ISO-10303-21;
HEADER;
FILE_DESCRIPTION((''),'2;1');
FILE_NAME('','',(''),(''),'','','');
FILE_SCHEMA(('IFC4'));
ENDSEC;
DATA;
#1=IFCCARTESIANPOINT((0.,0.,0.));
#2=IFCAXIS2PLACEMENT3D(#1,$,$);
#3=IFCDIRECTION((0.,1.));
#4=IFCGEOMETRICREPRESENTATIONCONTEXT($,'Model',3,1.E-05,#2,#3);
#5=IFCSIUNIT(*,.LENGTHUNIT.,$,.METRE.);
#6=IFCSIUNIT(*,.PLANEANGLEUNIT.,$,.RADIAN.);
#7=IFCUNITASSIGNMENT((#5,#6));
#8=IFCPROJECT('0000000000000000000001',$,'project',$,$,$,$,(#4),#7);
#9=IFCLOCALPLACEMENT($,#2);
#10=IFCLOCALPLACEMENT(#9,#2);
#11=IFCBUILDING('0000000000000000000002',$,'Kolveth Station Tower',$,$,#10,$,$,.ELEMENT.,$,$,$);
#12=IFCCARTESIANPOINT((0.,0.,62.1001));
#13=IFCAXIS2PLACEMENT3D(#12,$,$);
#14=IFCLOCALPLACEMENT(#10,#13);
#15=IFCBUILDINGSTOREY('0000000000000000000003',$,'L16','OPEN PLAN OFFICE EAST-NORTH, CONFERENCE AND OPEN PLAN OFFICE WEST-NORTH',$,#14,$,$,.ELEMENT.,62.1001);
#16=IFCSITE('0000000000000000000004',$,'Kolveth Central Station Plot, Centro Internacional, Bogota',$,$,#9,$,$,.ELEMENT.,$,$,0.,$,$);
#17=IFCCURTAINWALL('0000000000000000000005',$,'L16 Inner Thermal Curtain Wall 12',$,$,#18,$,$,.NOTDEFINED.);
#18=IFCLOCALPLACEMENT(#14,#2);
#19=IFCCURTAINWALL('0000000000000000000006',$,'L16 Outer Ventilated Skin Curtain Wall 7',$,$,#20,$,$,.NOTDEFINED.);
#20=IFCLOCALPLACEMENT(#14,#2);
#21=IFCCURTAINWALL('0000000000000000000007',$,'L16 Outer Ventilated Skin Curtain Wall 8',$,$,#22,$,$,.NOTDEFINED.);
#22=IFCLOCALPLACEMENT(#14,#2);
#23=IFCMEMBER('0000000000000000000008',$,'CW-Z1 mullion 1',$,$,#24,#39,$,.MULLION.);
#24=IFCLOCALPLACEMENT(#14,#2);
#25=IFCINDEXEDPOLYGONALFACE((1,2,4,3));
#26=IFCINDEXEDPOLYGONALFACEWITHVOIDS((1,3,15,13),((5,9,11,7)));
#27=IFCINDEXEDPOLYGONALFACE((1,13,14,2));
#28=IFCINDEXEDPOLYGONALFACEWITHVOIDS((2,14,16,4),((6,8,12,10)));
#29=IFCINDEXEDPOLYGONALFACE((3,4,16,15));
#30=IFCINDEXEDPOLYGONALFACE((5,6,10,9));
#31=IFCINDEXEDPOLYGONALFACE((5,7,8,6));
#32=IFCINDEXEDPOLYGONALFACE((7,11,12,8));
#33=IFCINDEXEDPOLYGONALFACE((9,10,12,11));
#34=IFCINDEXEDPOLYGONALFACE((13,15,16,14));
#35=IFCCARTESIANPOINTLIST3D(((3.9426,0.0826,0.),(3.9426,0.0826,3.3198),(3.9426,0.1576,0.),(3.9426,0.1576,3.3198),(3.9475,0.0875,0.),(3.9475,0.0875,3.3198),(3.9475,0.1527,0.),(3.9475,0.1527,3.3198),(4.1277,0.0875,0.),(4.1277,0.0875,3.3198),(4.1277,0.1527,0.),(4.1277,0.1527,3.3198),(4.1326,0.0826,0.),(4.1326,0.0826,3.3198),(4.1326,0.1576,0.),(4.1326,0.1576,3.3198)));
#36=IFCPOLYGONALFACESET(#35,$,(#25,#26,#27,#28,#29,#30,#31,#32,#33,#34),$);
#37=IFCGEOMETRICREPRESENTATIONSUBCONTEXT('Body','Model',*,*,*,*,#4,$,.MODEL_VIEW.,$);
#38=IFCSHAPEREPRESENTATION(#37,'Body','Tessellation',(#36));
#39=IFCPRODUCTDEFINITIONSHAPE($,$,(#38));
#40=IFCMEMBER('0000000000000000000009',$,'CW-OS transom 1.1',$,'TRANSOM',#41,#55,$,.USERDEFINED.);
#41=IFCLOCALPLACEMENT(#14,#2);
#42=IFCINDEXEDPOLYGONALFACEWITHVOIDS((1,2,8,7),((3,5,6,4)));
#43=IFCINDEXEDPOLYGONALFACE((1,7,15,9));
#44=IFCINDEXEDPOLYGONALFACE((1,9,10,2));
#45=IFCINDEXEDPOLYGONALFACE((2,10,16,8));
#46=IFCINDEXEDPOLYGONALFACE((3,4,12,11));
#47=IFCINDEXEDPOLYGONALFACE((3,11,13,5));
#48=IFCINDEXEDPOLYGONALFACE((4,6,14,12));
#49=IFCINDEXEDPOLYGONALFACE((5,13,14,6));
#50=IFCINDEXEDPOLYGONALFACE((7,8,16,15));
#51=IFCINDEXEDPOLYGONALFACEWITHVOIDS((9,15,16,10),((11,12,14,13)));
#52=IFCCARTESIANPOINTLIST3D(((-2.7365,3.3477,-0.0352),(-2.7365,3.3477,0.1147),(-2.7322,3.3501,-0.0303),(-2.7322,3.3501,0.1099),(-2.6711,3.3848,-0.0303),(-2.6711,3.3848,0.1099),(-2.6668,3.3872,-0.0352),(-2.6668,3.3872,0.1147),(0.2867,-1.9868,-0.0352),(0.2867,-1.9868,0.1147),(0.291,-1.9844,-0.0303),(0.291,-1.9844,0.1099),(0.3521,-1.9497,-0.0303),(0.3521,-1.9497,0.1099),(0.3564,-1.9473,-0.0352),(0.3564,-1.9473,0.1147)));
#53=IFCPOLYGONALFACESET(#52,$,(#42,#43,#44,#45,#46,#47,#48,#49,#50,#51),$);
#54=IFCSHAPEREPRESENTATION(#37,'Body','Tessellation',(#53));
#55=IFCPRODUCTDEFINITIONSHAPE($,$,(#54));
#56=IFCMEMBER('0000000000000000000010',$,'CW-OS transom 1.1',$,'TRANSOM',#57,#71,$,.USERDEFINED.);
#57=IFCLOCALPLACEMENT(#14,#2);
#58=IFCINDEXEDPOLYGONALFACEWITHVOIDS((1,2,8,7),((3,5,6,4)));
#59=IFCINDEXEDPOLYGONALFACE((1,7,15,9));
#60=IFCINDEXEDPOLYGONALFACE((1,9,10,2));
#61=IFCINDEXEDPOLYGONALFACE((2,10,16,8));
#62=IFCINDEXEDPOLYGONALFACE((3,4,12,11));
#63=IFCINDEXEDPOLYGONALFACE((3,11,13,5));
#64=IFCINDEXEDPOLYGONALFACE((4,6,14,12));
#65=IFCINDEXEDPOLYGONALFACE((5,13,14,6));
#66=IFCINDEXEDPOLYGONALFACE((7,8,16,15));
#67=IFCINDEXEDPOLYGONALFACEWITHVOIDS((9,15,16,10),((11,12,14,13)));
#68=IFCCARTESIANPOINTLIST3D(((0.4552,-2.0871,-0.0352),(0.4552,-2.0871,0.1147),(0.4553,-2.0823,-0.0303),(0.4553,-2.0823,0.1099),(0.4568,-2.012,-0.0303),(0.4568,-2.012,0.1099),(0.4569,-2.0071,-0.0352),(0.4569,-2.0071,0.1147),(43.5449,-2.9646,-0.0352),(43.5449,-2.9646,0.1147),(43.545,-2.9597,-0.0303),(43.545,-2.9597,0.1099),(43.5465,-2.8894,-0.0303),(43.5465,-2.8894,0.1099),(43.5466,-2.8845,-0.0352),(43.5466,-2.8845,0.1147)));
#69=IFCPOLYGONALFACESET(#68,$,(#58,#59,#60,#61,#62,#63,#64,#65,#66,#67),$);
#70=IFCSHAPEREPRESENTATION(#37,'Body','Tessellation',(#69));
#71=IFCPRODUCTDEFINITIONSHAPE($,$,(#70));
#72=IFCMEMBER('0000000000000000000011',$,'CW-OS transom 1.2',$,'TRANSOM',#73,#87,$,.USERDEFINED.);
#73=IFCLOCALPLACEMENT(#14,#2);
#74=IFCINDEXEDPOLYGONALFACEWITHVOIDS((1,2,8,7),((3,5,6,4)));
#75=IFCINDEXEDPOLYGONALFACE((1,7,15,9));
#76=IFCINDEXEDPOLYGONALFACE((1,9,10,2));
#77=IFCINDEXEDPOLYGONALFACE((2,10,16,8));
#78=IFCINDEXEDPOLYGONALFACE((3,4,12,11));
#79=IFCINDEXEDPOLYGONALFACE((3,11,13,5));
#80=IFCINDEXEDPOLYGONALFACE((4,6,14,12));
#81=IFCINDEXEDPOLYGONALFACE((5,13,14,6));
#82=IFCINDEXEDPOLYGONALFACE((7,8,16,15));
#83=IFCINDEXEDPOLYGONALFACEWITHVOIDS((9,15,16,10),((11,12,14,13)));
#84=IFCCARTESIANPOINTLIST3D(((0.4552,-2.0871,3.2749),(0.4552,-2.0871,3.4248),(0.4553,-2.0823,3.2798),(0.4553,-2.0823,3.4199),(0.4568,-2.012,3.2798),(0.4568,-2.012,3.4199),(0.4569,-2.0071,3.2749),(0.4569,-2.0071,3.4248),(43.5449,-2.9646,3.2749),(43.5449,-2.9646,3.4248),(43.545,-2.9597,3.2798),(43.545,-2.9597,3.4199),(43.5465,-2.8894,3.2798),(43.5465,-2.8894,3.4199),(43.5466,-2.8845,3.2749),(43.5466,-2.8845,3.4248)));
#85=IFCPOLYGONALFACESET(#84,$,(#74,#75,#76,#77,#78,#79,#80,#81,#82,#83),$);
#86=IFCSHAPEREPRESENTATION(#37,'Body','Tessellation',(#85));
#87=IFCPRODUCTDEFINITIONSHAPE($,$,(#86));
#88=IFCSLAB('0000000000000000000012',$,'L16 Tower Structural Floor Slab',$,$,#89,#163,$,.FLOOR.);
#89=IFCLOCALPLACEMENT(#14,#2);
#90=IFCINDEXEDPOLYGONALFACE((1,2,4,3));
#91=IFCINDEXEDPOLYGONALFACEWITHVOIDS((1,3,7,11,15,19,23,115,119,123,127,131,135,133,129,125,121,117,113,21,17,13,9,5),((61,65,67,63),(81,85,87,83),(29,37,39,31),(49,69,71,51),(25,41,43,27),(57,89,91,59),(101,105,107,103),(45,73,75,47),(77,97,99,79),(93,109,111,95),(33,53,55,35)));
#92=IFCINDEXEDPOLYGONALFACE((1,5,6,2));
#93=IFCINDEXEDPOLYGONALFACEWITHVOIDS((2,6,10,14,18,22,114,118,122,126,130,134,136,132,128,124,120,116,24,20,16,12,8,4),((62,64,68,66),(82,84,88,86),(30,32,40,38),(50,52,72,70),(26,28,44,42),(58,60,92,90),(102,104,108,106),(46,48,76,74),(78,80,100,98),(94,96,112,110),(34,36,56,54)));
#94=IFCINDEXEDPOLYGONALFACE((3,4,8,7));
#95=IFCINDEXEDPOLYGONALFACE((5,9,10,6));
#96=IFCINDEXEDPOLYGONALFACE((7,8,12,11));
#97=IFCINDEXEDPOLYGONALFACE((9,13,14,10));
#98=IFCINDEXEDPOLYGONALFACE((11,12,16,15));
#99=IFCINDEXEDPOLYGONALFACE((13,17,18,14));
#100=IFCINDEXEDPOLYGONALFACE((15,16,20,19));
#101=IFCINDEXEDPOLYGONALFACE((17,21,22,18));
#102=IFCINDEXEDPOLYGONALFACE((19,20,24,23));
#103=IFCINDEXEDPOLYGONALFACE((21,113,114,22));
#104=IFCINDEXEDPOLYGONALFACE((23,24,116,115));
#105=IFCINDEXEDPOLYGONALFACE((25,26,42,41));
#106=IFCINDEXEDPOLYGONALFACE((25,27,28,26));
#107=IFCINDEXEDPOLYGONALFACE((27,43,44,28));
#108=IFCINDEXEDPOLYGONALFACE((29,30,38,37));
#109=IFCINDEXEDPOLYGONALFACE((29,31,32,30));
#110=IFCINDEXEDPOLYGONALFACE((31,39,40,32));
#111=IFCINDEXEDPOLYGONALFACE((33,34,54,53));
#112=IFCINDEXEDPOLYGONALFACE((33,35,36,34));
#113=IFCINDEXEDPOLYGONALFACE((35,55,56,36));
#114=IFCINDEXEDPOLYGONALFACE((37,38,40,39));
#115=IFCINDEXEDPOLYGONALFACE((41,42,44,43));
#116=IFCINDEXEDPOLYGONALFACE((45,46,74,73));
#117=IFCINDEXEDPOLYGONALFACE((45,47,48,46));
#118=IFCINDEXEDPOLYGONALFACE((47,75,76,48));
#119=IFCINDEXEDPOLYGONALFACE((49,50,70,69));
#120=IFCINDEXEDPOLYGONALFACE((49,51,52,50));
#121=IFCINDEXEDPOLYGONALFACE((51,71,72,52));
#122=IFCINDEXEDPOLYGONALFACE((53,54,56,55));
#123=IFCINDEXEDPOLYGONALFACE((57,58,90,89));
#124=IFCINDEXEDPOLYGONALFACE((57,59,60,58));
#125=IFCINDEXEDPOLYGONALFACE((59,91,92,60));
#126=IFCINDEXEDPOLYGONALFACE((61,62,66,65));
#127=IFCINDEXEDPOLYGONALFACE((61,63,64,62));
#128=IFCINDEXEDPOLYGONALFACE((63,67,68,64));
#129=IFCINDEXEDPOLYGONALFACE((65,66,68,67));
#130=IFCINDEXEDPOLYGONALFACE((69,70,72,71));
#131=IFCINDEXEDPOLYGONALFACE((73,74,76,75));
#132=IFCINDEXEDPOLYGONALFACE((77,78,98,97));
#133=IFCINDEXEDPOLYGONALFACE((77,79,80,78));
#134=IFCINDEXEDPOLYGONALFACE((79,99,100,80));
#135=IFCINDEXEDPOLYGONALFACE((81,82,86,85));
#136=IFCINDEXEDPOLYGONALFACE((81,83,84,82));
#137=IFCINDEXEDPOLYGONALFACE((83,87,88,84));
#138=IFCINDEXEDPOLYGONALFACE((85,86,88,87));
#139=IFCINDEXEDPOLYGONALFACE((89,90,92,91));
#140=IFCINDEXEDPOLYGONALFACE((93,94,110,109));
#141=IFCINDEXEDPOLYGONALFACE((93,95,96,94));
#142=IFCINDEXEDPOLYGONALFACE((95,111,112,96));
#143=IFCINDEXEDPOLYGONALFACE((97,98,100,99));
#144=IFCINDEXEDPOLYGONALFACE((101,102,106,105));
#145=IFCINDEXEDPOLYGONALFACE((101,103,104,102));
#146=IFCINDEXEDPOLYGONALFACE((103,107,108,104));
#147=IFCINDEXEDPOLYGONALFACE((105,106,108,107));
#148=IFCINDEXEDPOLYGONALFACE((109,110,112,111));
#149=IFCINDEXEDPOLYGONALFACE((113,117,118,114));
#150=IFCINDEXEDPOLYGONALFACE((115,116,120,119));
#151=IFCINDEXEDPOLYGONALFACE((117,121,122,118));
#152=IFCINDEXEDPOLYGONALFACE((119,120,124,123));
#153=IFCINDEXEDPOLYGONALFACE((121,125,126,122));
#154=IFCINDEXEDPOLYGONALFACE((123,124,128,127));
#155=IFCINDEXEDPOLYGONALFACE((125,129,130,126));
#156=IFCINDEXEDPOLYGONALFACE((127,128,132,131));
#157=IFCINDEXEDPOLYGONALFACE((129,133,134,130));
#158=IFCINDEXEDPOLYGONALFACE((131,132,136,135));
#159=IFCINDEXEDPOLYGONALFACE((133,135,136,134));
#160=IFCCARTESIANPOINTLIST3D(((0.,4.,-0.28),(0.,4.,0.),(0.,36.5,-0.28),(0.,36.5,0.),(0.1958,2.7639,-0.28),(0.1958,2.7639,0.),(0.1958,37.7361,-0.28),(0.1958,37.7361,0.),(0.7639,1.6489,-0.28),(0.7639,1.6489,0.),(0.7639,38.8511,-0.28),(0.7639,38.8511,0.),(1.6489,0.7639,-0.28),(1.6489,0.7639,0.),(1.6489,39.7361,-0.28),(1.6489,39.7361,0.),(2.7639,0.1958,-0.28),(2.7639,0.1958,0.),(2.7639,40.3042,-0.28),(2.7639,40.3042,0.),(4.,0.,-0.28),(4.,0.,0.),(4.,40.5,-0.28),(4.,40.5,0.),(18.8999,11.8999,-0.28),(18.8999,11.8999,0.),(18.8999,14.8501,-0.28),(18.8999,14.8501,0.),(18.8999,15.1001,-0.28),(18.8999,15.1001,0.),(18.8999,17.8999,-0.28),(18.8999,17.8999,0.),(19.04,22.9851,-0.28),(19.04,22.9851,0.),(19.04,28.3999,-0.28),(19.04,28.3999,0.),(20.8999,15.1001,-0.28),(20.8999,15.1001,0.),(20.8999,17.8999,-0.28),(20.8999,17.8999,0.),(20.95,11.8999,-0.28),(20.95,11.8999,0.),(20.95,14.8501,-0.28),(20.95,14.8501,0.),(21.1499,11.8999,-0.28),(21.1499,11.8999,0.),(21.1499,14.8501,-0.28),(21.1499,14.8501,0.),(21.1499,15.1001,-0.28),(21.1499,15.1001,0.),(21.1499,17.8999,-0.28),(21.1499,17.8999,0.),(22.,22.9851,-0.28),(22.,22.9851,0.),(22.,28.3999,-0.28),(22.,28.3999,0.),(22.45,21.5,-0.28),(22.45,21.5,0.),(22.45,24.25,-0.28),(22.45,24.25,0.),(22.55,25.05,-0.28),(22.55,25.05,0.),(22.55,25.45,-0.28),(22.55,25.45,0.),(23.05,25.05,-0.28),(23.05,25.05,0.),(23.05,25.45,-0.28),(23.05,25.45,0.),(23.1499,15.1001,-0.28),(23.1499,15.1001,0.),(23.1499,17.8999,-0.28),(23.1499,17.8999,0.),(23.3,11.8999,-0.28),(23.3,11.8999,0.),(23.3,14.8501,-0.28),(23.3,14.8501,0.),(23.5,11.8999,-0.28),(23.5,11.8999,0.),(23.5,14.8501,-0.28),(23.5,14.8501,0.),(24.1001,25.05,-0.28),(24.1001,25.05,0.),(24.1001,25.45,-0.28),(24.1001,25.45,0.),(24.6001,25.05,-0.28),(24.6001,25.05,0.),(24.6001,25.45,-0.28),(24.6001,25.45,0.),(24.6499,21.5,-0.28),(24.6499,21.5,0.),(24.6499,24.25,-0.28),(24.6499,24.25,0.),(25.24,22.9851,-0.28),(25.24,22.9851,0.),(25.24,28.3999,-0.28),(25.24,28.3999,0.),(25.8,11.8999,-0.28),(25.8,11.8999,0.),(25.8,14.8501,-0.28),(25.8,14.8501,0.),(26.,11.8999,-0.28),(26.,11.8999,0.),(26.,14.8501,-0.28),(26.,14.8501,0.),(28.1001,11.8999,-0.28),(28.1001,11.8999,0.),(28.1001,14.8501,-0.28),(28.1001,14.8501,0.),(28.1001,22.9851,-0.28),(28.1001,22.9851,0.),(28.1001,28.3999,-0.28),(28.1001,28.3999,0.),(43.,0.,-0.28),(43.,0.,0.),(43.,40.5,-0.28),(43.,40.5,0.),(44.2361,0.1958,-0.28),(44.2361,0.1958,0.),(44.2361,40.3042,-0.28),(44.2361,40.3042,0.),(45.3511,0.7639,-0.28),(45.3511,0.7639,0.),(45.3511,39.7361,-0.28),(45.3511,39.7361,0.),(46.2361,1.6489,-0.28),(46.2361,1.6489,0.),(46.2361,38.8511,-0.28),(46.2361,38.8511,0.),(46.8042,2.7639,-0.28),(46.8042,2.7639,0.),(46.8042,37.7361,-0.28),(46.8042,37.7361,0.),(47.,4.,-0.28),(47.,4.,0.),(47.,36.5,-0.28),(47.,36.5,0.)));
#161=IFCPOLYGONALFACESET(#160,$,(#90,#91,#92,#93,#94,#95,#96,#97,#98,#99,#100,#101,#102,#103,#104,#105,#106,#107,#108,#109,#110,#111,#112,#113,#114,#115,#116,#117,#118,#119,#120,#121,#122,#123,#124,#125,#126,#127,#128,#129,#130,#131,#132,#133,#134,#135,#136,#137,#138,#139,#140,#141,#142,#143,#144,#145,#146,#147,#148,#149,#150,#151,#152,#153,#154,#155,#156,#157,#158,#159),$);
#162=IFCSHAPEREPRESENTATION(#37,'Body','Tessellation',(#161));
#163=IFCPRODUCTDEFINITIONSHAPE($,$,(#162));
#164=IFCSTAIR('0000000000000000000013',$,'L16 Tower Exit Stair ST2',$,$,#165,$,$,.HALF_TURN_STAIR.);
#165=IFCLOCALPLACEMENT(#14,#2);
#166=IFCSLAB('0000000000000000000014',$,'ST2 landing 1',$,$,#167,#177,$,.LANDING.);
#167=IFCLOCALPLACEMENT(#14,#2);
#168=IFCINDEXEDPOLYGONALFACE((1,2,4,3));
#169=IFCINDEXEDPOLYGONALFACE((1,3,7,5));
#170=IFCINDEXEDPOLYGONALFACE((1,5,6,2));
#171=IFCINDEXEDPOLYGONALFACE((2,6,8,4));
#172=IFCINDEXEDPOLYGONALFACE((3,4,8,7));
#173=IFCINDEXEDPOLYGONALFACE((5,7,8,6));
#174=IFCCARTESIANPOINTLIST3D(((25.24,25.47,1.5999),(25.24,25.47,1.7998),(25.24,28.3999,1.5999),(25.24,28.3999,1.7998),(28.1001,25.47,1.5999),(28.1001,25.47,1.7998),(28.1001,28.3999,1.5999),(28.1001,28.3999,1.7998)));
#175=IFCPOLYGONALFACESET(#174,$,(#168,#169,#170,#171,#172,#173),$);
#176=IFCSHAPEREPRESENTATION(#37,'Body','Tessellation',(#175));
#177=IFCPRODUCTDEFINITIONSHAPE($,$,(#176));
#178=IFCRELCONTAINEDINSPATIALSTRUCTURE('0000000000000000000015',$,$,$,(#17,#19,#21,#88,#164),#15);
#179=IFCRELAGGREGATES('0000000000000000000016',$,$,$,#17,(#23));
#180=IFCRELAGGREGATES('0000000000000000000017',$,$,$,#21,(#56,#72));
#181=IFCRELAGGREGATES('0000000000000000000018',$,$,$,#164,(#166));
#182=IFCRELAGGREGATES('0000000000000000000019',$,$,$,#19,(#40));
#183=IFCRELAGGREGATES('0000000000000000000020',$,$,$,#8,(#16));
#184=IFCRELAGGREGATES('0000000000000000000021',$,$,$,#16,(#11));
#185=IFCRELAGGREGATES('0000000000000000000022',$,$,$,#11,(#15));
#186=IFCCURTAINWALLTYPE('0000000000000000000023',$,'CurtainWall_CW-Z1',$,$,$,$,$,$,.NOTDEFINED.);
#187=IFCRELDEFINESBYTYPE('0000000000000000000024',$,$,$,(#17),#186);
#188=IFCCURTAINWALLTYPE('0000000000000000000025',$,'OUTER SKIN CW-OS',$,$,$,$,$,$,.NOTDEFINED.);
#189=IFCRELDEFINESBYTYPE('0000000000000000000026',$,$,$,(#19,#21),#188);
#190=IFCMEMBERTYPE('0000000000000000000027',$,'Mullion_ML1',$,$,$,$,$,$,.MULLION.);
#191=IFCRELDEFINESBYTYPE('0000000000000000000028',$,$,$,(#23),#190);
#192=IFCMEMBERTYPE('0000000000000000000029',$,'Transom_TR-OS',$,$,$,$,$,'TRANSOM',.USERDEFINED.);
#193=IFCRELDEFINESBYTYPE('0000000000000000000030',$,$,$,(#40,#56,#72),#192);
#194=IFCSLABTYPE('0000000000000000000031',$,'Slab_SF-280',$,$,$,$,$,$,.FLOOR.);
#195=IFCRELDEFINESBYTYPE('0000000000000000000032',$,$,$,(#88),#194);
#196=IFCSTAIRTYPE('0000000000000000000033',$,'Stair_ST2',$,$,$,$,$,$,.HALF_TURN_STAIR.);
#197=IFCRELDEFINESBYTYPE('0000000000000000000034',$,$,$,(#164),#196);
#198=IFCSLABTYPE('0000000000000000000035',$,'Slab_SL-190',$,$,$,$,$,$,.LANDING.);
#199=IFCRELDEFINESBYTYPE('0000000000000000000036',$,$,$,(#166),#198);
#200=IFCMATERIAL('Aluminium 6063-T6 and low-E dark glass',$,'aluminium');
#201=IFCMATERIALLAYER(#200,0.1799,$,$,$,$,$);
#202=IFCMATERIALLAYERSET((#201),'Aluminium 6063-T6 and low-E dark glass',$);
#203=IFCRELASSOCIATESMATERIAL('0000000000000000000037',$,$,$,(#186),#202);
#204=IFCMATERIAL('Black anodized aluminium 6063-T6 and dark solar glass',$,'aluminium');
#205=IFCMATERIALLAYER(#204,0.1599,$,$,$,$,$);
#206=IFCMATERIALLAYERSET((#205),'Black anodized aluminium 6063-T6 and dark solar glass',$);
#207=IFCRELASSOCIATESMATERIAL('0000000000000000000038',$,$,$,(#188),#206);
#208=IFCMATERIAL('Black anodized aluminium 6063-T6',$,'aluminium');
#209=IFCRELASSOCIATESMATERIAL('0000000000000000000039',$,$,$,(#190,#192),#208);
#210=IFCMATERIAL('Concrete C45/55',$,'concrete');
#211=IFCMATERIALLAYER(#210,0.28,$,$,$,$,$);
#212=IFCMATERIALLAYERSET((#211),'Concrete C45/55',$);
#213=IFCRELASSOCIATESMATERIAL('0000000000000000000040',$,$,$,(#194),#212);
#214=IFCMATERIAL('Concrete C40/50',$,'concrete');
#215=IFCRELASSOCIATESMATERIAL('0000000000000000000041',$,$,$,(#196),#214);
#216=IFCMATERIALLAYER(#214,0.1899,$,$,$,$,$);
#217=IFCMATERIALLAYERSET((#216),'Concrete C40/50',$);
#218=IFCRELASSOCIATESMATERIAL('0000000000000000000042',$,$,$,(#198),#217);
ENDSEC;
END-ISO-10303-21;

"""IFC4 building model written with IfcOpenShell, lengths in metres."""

from ifc_helpers import new_model, si_unit, direction, frame, origin, origin_2d, place, context, subcontext, project, spatial, polyline, hollow_rectangle, outline, extrude, source, transform, mapped, material, layer, layer_set, material_profile, profile_set, type_object, element, aggregate, save


model = new_model("IFC4")

# Units and contexts
model_context = context("Model", 3, precision=1e-05, world=origin(), true_north=direction((0.0, 1.0)))
body_context = subcontext(model_context, "Body", "Model", "MODEL_VIEW")
ifc_project = project(units=[si_unit("LENGTHUNIT", "METRE"), si_unit("PLANEANGLEUNIT", "RADIAN")], contexts=[model_context])

# Site, building, storey
site_placement = place(None, origin())
site = spatial("IfcSite", under=ifc_project, at=site_placement, Name="Kolveth Central Station Plot, Centro Internacional, Bogota", CompositionType="ELEMENT", RefElevation=0.0)
building_placement = place(site_placement, origin())
building = spatial("IfcBuilding", under=site, at=building_placement, Name="Kolveth Station Tower", CompositionType="ELEMENT")
storey_placement = place(building_placement, frame((0.0, 0.0, 62.1001)))
storey = spatial("IfcBuildingStorey", under=building, at=storey_placement, Name="L16", Description="OPEN PLAN OFFICE EAST-NORTH, CONFERENCE AND OPEN PLAN OFFICE WEST-NORTH", CompositionType="ELEMENT", Elevation=62.1001)

# Curtain wall
ifc_material_1 = material(Name="Aluminium 6063-T6 and low-E dark glass", Category="aluminium")
ifc_layer_1 = layer(ifc_material_1, 0.1799)
ifc_layer_set_1 = layer_set([ifc_layer_1], Name="Aluminium 6063-T6 and low-E dark glass")
curtain_wall_type_1 = type_object("IfcCurtainWallType", Name="CurtainWall_CW-Z1", PredefinedType="NOTDEFINED", material=ifc_layer_set_1)
ifc_material_2 = material(Name="Black anodized aluminium 6063-T6", Category="aluminium")
curtain_wall_1_placement = place(storey_placement, origin())
curtain_wall_1 = element("IfcCurtainWall", 1, at=curtain_wall_1_placement, inside=storey, type_object=curtain_wall_type_1, Name="L16 Inner Thermal Curtain Wall 12", PredefinedType="NOTDEFINED")

# Curtain walls
ifc_material_3 = material(Name="Black anodized aluminium 6063-T6 and dark solar glass", Category="aluminium")
ifc_layer_2 = layer(ifc_material_3, 0.1599)
ifc_layer_set_2 = layer_set([ifc_layer_2], Name="Black anodized aluminium 6063-T6 and dark solar glass")
curtain_wall_type_2 = type_object("IfcCurtainWallType", Name="OUTER SKIN CW-OS", PredefinedType="NOTDEFINED", material=ifc_layer_set_2)
curtain_wall_2_placement = place(storey_placement, origin())
curtain_wall_2 = element("IfcCurtainWall", 2, at=curtain_wall_2_placement, inside=storey, type_object=curtain_wall_type_2, Name="L16 Outer Ventilated Skin Curtain Wall 7", PredefinedType="NOTDEFINED")
curtain_wall_3_placement = place(storey_placement, origin())
curtain_wall_3 = element("IfcCurtainWall", 3, at=curtain_wall_3_placement, inside=storey, type_object=curtain_wall_type_2, Name="L16 Outer Ventilated Skin Curtain Wall 8", PredefinedType="NOTDEFINED")
ifc_material_profile_1 = material_profile(ifc_material_2, hollow_rectangle(XDim=0.075, YDim=0.1899, WallThickness=0.0049, at=origin_2d()), Name="ALU-75x190x5")
ifc_profile_set_1 = profile_set([ifc_material_profile_1], Name="Black anodized aluminium 6063-T6")
member_type_1 = type_object("IfcMemberType", Name="Mullion_ML1", PredefinedType="MULLION", material=ifc_profile_set_1)
shared_shape_1 = source(origin(), body_context, "Body", "SweptSolid", [
    extrude(hollow_rectangle(XDim=0.075, YDim=0.1899, WallThickness=0.0049, at=origin_2d()), origin(), (0.0, 0.0, 1.0), 3.3198),
])

# Members
member_1_placement = place(storey_placement, frame((4.0376, 0.1201, 0.0), z_axis=(0.0, 0.0, 1.0), x_axis=(0.0, 1.0, 0.0)))
member_1 = element("IfcMember", 4, at=member_1_placement, type_object=member_type_1, Name="CW-Z1 mullion 1", PredefinedType="MULLION", context=body_context, shape_type="MappedRepresentation", body=[
    mapped(shared_shape_1, transform((0.0, 0.0, 0.0), x_axis=(1.0, 0.0, 0.0), y_axis=(0.0, 1.0, 0.0), z_axis=(0.0, 0.0, 1.0), scale=1.0)),
])
aggregate(curtain_wall_1, [member_1])
ifc_material_profile_2 = material_profile(ifc_material_2, hollow_rectangle(XDim=0.0801, YDim=0.1499, WallThickness=0.0049, at=origin_2d()), Name="ALU-80x150x5")
ifc_profile_set_2 = profile_set([ifc_material_profile_2], Name="Black anodized aluminium 6063-T6")
member_type_2 = type_object("IfcMemberType", Name="Transom_TR-OS", ElementType="TRANSOM", PredefinedType="USERDEFINED", material=ifc_profile_set_2)
shared_shape_2 = source(origin(), body_context, "Body", "SweptSolid", [
    extrude(hollow_rectangle(XDim=0.0801, YDim=0.1499, WallThickness=0.0049, at=origin_2d()), origin(), (0.0, 0.0, 1.0), 6.1316),
])
member_2_placement = place(storey_placement, frame((-2.7017, 3.3674, 0.0398), z_axis=(0.493053, -0.869999, 0.0), x_axis=(0.869999, 0.493053, 0.0)))
member_2 = element("IfcMember", 5, at=member_2_placement, type_object=member_type_2, Name="CW-OS transom 1.1", ObjectType="TRANSOM", PredefinedType="USERDEFINED", context=body_context, shape_type="MappedRepresentation", body=[
    mapped(shared_shape_2, transform((0.0, 0.0, 0.0), x_axis=(1.0, 0.0, 0.0), y_axis=(0.0, 1.0, 0.0), z_axis=(0.0, 0.0, 1.0), scale=1.0)),
])
shared_shape_3 = source(origin(), body_context, "Body", "SweptSolid", [
    extrude(hollow_rectangle(XDim=0.0801, YDim=0.1499, WallThickness=0.0049, at=origin_2d()), origin(), (0.0, 0.0, 1.0), 43.0986),
])
member_3_placement = place(storey_placement, frame((0.4561, -2.0471, 0.0398), z_axis=(0.999793, -0.020359, 0.0), x_axis=(0.020359, 0.999793, 0.0)))
member_3 = element("IfcMember", 6, at=member_3_placement, type_object=member_type_2, Name="CW-OS transom 1.1", ObjectType="TRANSOM", PredefinedType="USERDEFINED", context=body_context, shape_type="MappedRepresentation", body=[
    mapped(shared_shape_3, transform((0.0, 0.0, 0.0), x_axis=(1.0, 0.0, 0.0), y_axis=(0.0, 1.0, 0.0), z_axis=(0.0, 0.0, 1.0), scale=1.0)),
])
member_4_placement = place(storey_placement, frame((0.4561, -2.0471, 3.3499), z_axis=(0.999793, -0.020359, 0.0), x_axis=(0.020359, 0.999793, 0.0)))
member_4 = element("IfcMember", 7, at=member_4_placement, type_object=member_type_2, Name="CW-OS transom 1.2", ObjectType="TRANSOM", PredefinedType="USERDEFINED", context=body_context, shape_type="MappedRepresentation", body=[
    mapped(shared_shape_3, transform((0.0, 0.0, 0.0), x_axis=(1.0, 0.0, 0.0), y_axis=(0.0, 1.0, 0.0), z_axis=(0.0, 0.0, 1.0), scale=1.0)),
])
aggregate(curtain_wall_3, [member_3, member_4])

# Slab
ifc_material_4 = material(Name="Concrete C45/55", Category="concrete")
ifc_layer_3 = layer(ifc_material_4, 0.28)
ifc_layer_set_3 = layer_set([ifc_layer_3], Name="Concrete C45/55")
slab_type_1 = type_object("IfcSlabType", Name="Slab_SF-280", PredefinedType="FLOOR", material=ifc_layer_set_3)
slab_1_placement = place(storey_placement, frame((0.0, 0.0, -0.28)))
element("IfcSlab", 8, at=slab_1_placement, inside=storey, type_object=slab_type_1, Name="L16 Tower Structural Floor Slab", PredefinedType="FLOOR", context=body_context, shape_type="SweptSolid", body=[
    extrude(outline(polyline([(43.0, 0.0), (44.2361, 0.1958), (45.3511, 0.7639), (46.2361, 1.6489), (46.8042, 2.7639), (47.0, 4.0), (47.0, 36.5), (46.8042, 37.7361), (46.2361, 38.8511), (45.3511, 39.7361), (44.2361, 40.3042), (43.0, 40.5), (4.0, 40.5), (2.7639, 40.3042), (1.6489, 39.7361), (0.7639, 38.8511), (0.1958, 37.7361), (0.0, 36.5), (0.0, 4.0), (0.1958, 2.7639), (0.7639, 1.6489), (1.6489, 0.7639), (2.7639, 0.1958), (4.0, 0.0), (43.0, 0.0)]), holes=[polyline([(19.04, 22.9851), (22.0, 22.9851), (22.0, 28.3999), (19.04, 28.3999), (19.04, 22.9851)]), polyline([(25.24, 22.9851), (28.1001, 22.9851), (28.1001, 28.3999), (25.24, 28.3999), (25.24, 22.9851)]), polyline([(18.8999, 15.1001), (20.8999, 15.1001), (20.8999, 17.8999), (18.8999, 17.8999), (18.8999, 15.1001)]), polyline([(21.1499, 15.1001), (23.1499, 15.1001), (23.1499, 17.8999), (21.1499, 17.8999), (21.1499, 15.1001)]), polyline([(22.45, 21.5), (24.6499, 21.5), (24.6499, 24.25), (22.45, 24.25), (22.45, 21.5)]), polyline([(18.8999, 11.8999), (20.95, 11.8999), (20.95, 14.8501), (18.8999, 14.8501), (18.8999, 11.8999)]), polyline([(21.1499, 11.8999), (23.3, 11.8999), (23.3, 14.8501), (21.1499, 14.8501), (21.1499, 11.8999)]), polyline([(23.5, 11.8999), (25.8, 11.8999), (25.8, 14.8501), (23.5, 14.8501), (23.5, 11.8999)]), polyline([(26.0, 11.8999), (28.1001, 11.8999), (28.1001, 14.8501), (26.0, 14.8501), (26.0, 11.8999)]), polyline([(22.55, 25.05), (23.05, 25.05), (23.05, 25.45), (22.55, 25.45), (22.55, 25.05)]), polyline([(24.1001, 25.05), (24.6001, 25.05), (24.6001, 25.45), (24.1001, 25.45), (24.1001, 25.05)])]), origin(), (0.0, 0.0, 1.0), 0.28),
])

# Stair, slab
ifc_material_5 = material(Name="Concrete C40/50", Category="concrete")
stair_type_1 = type_object("IfcStairType", Name="Stair_ST2", PredefinedType="HALF_TURN_STAIR", material=ifc_material_5)
stair_1_placement = place(storey_placement, origin())
stair_1 = element("IfcStair", 9, at=stair_1_placement, inside=storey, type_object=stair_type_1, Name="L16 Tower Exit Stair ST2", PredefinedType="HALF_TURN_STAIR")
ifc_layer_4 = layer(ifc_material_5, 0.1899)
ifc_layer_set_4 = layer_set([ifc_layer_4], Name="Concrete C40/50")
slab_type_2 = type_object("IfcSlabType", Name="Slab_SL-190", PredefinedType="LANDING", material=ifc_layer_set_4)
slab_2_placement = place(storey_placement, frame((0.0, 0.0, 1.5999)))
slab_2 = element("IfcSlab", 10, at=slab_2_placement, type_object=slab_type_2, Name="ST2 landing 1", PredefinedType="LANDING", context=body_context, shape_type="SweptSolid", body=[
    extrude(outline(polyline([(28.1001, 25.47), (28.1001, 28.3999), (25.24, 28.3999), (25.24, 25.47), (28.1001, 25.47)])), origin(), (0.0, 0.0, 1.0), 0.2),
])
aggregate(stair_1, [slab_2])

aggregate(curtain_wall_2, [member_2])

save(model, "model.ifc")
